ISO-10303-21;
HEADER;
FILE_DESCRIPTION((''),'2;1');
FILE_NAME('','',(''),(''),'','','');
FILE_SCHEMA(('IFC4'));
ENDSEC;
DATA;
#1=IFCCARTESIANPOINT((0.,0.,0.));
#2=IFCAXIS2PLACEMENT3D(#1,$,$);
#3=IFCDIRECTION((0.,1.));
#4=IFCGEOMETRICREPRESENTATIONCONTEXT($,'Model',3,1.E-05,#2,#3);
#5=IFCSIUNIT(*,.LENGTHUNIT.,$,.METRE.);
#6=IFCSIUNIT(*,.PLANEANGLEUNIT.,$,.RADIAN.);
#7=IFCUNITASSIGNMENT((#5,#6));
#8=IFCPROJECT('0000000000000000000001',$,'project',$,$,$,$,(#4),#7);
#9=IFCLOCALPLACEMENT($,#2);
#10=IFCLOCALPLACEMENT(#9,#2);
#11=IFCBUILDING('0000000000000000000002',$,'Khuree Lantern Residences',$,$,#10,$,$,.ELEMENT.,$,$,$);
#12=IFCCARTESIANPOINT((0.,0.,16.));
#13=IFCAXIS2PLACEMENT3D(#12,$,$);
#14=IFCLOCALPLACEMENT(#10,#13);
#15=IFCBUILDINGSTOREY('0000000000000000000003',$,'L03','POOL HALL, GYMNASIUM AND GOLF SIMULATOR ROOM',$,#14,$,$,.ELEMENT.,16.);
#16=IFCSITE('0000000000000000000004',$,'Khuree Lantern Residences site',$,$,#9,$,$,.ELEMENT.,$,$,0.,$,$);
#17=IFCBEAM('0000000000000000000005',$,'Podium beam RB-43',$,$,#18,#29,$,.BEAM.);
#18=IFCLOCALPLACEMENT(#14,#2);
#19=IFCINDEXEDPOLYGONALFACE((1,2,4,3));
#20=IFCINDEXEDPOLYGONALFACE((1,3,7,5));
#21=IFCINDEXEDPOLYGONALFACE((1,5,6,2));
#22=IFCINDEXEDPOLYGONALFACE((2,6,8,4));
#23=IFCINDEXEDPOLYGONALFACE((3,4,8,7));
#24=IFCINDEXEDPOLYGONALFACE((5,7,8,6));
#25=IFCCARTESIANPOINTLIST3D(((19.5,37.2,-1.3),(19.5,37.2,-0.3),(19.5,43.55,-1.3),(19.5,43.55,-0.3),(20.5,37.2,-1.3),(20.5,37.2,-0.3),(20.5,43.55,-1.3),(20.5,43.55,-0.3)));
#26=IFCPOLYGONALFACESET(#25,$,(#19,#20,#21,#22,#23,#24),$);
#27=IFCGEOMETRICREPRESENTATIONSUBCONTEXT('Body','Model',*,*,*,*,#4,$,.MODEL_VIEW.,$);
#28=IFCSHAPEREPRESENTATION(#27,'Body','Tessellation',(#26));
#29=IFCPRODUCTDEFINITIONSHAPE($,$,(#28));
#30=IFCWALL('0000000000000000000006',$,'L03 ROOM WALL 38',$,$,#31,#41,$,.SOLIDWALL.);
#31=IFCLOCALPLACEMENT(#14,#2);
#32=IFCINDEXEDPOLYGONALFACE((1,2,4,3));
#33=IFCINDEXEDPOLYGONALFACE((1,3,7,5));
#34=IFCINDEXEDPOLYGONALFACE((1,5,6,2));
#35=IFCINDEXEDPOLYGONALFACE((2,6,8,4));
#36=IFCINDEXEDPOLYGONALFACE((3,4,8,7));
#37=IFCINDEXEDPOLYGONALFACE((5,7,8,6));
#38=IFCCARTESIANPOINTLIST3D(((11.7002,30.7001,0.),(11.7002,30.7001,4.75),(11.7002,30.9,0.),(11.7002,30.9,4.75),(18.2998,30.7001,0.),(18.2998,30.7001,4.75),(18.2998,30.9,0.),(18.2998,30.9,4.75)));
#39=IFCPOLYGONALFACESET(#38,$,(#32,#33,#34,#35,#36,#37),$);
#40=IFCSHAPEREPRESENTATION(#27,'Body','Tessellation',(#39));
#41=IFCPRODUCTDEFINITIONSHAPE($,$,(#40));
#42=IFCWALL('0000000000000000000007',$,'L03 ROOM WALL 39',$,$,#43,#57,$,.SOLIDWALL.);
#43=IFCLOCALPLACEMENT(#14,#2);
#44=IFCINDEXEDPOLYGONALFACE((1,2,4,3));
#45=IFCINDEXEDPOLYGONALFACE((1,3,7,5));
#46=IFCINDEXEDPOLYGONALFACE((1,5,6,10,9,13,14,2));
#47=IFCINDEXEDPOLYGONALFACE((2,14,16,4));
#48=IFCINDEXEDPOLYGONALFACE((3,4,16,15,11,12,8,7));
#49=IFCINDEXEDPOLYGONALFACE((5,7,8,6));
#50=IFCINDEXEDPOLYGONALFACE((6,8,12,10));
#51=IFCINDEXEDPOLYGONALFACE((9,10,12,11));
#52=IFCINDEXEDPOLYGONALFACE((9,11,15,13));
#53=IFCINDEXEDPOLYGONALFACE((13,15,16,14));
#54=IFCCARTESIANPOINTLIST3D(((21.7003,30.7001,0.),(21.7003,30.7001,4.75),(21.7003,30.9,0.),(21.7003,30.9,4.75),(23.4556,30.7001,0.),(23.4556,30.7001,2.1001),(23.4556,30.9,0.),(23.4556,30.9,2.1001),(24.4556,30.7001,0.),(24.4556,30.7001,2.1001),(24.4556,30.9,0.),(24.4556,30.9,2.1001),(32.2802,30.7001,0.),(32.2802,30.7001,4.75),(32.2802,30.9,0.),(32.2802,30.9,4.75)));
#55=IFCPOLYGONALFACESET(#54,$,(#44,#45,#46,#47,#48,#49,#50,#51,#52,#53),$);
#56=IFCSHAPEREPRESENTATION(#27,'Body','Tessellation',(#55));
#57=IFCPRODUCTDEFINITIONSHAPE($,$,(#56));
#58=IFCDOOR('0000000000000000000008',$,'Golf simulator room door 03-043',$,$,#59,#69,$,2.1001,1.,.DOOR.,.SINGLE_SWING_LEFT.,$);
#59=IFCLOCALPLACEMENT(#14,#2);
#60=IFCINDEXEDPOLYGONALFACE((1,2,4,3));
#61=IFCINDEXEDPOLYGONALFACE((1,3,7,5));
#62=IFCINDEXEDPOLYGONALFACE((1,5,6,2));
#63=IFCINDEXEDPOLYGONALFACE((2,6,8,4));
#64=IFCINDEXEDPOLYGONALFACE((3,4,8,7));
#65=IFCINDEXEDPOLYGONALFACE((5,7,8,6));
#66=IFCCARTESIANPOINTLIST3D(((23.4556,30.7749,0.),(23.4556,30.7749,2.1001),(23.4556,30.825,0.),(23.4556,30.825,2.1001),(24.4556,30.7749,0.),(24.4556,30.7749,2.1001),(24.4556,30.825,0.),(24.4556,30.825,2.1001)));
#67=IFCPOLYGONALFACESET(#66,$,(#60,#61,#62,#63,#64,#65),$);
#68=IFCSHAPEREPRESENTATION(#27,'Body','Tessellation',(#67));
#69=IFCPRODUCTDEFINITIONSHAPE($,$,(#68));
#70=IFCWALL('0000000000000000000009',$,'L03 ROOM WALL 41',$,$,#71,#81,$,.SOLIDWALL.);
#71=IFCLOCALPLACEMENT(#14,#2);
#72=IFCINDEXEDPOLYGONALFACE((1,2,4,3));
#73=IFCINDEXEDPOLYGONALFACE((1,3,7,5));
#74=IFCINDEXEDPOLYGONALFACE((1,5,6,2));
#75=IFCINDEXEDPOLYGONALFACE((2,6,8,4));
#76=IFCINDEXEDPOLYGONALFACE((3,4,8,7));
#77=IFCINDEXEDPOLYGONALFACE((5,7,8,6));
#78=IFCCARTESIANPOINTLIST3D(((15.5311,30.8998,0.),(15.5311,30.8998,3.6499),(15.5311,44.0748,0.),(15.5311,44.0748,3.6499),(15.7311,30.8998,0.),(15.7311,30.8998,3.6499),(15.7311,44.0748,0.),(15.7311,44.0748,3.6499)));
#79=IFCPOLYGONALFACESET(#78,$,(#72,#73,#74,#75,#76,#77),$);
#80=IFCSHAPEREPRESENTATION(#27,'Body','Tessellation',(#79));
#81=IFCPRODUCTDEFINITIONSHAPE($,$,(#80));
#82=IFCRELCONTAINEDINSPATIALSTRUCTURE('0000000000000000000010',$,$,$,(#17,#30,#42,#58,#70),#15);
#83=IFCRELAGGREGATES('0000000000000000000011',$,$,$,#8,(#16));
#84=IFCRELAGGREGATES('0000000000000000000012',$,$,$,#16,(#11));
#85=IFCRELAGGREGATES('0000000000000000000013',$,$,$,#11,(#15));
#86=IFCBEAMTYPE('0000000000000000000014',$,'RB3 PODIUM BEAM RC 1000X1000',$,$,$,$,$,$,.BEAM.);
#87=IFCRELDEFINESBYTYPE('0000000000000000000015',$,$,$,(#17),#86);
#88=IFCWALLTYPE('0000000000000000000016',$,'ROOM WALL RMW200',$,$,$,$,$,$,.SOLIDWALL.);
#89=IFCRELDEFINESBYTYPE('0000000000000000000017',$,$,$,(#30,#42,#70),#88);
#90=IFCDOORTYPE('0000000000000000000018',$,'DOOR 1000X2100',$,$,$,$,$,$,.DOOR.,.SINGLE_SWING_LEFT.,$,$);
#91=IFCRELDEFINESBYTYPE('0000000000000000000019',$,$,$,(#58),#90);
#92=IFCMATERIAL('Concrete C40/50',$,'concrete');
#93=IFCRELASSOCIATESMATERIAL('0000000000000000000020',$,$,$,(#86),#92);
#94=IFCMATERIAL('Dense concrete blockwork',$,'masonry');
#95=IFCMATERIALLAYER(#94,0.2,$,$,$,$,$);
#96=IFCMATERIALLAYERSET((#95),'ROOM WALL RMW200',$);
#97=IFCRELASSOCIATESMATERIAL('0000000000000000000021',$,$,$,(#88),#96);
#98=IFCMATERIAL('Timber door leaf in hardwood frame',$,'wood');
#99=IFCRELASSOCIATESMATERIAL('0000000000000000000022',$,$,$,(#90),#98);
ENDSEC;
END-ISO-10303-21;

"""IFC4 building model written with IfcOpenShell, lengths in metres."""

from ifc_helpers import new_model, si_unit, direction, frame, frame_2d, origin, origin_2d, place, context, subcontext, project, spatial, rectangle, extrude, material, layer, layer_set, material_profile, profile_set, type_object, element, fill, save


model = new_model("IFC4")

# Units and contexts
model_context = context("Model", 3, precision=1e-05, world=origin(), true_north=direction((0.0, 1.0)))
body_context = subcontext(model_context, "Body", "Model", "MODEL_VIEW")
ifc_project = project(units=[si_unit("LENGTHUNIT", "METRE"), si_unit("PLANEANGLEUNIT", "RADIAN")], contexts=[model_context])

# Site, building, storey
site_placement = place(None, origin())
site = spatial("IfcSite", under=ifc_project, at=site_placement, Name="Khuree Lantern Residences site", CompositionType="ELEMENT", RefElevation=0.0)
building_placement = place(site_placement, origin())
building = spatial("IfcBuilding", under=site, at=building_placement, Name="Khuree Lantern Residences", CompositionType="ELEMENT")
storey_placement = place(building_placement, frame((0.0, 0.0, 16.0)))
storey = spatial("IfcBuildingStorey", under=building, at=storey_placement, Name="L03", Description="POOL HALL, GYMNASIUM AND GOLF SIMULATOR ROOM", CompositionType="ELEMENT", Elevation=16.0)

# Beam
ifc_material_1 = material(Name="Concrete C40/50", Category="concrete")
ifc_material_profile_1 = material_profile(ifc_material_1, rectangle(XDim=1.0, YDim=1.0, at=origin_2d()), Name="RC 1000X1000")
ifc_profile_set_1 = profile_set([ifc_material_profile_1], Name="Concrete C40/50")
beam_type_1 = type_object("IfcBeamType", Name="RB3 PODIUM BEAM RC 1000X1000", PredefinedType="BEAM", material=ifc_profile_set_1)
beam_1_placement = place(storey_placement, frame((20.0, 37.2, -0.8), z_axis=(0.0, 1.0, 0.0), x_axis=(-1.0, 0.0, 0.0)))
element("IfcBeam", 1, at=beam_1_placement, inside=storey, type_object=beam_type_1, Name="Podium beam RB-43", PredefinedType="BEAM", context=body_context, shape_type="SweptSolid", body=[
    extrude(rectangle(XDim=1.0, YDim=1.0, at=origin_2d()), origin(), (0.0, 0.0, 1.0), 6.3501),
])

# Shared definitions
ifc_material_2 = material(Name="Dense concrete blockwork", Category="masonry")
ifc_layer = layer(ifc_material_2, 0.2)
ifc_layer_set = layer_set([ifc_layer], Name="ROOM WALL RMW200")
wall_type = type_object("IfcWallType", Name="ROOM WALL RMW200", PredefinedType="SOLIDWALL", material=ifc_layer_set)
ifc_material_3 = material(Name="Timber door leaf in hardwood frame", Category="wood")

# Wall
wall_1_placement = place(storey_placement, frame((11.7002, 30.8, 0.0), z_axis=(0.0, 0.0, 1.0), x_axis=(1.0, 0.0, 0.0)))
element("IfcWall", 2, at=wall_1_placement, inside=storey, type_object=wall_type, Name="L03 ROOM WALL 38", PredefinedType="SOLIDWALL", context=body_context, shape_type="SweptSolid", body=[
    extrude(rectangle(XDim=6.5996, YDim=0.2, at=frame_2d((3.2998, 0.0))), origin(), (0.0, 0.0, 1.0), 4.75),
])

# Wall, opening, door
wall_2_placement = place(storey_placement, frame((21.7002, 30.8, 0.0), z_axis=(0.0, 0.0, 1.0), x_axis=(1.0, 0.0, 0.0)))
wall_2 = element("IfcWall", 3, at=wall_2_placement, inside=storey, type_object=wall_type, Name="L03 ROOM WALL 39", PredefinedType="SOLIDWALL", context=body_context, shape_type="SweptSolid", body=[
    extrude(rectangle(XDim=10.5798, YDim=0.2, at=frame_2d((5.29, 0.0))), origin(), (0.0, 0.0, 1.0), 4.75),
])
opening_1_placement = place(wall_2_placement, frame((1.7554, 0.0, 0.0)))
opening_1 = element("IfcOpeningElement", 4, at=opening_1_placement, cuts=wall_2, PredefinedType="OPENING", context=body_context, shape_type="SweptSolid", body=[
    extrude(rectangle(XDim=1.0, YDim=2.1001, at=frame_2d((0.5, 1.05))), frame((0.0, 0.1099, 0.0), z_axis=(0.0, -1.0, 0.0), x_axis=(1.0, 0.0, 0.0)), (0.0, 0.0, 1.0), 0.22),
])
door_type_1 = type_object("IfcDoorType", Name="DOOR 1000X2100", OperationType="SINGLE_SWING_LEFT", PredefinedType="DOOR", material=ifc_material_3)
door_1_placement = place(opening_1_placement, origin())
door_1 = element("IfcDoor", 5, at=door_1_placement, inside=storey, type_object=door_type_1, Name="Golf simulator room door 03-043", OperationType="SINGLE_SWING_LEFT", OverallHeight=2.1001, OverallWidth=1.0, PredefinedType="DOOR", context=body_context, shape_type="SweptSolid", body=[
    extrude(rectangle(XDim=1.0, YDim=2.1001, at=frame_2d((0.5, 1.05))), frame((0.0, 0.0249, 0.0), z_axis=(0.0, -1.0, 0.0), x_axis=(1.0, 0.0, 0.0)), (0.0, 0.0, 1.0), 0.05),
])
fill(opening_1, door_1)

# Wall
wall_3_placement = place(storey_placement, frame((15.6311, 30.8999, 0.0), z_axis=(0.0, 0.0, 1.0), x_axis=(0.0, 1.0, 0.0)))
element("IfcWall", 6, at=wall_3_placement, inside=storey, type_object=wall_type, Name="L03 ROOM WALL 41", PredefinedType="SOLIDWALL", context=body_context, shape_type="SweptSolid", body=[
    extrude(rectangle(XDim=13.175, YDim=0.2, at=frame_2d((6.5874, 0.0))), origin(), (0.0, 0.0, 1.0), 3.6499),
])

save(model, "model.ifc")
